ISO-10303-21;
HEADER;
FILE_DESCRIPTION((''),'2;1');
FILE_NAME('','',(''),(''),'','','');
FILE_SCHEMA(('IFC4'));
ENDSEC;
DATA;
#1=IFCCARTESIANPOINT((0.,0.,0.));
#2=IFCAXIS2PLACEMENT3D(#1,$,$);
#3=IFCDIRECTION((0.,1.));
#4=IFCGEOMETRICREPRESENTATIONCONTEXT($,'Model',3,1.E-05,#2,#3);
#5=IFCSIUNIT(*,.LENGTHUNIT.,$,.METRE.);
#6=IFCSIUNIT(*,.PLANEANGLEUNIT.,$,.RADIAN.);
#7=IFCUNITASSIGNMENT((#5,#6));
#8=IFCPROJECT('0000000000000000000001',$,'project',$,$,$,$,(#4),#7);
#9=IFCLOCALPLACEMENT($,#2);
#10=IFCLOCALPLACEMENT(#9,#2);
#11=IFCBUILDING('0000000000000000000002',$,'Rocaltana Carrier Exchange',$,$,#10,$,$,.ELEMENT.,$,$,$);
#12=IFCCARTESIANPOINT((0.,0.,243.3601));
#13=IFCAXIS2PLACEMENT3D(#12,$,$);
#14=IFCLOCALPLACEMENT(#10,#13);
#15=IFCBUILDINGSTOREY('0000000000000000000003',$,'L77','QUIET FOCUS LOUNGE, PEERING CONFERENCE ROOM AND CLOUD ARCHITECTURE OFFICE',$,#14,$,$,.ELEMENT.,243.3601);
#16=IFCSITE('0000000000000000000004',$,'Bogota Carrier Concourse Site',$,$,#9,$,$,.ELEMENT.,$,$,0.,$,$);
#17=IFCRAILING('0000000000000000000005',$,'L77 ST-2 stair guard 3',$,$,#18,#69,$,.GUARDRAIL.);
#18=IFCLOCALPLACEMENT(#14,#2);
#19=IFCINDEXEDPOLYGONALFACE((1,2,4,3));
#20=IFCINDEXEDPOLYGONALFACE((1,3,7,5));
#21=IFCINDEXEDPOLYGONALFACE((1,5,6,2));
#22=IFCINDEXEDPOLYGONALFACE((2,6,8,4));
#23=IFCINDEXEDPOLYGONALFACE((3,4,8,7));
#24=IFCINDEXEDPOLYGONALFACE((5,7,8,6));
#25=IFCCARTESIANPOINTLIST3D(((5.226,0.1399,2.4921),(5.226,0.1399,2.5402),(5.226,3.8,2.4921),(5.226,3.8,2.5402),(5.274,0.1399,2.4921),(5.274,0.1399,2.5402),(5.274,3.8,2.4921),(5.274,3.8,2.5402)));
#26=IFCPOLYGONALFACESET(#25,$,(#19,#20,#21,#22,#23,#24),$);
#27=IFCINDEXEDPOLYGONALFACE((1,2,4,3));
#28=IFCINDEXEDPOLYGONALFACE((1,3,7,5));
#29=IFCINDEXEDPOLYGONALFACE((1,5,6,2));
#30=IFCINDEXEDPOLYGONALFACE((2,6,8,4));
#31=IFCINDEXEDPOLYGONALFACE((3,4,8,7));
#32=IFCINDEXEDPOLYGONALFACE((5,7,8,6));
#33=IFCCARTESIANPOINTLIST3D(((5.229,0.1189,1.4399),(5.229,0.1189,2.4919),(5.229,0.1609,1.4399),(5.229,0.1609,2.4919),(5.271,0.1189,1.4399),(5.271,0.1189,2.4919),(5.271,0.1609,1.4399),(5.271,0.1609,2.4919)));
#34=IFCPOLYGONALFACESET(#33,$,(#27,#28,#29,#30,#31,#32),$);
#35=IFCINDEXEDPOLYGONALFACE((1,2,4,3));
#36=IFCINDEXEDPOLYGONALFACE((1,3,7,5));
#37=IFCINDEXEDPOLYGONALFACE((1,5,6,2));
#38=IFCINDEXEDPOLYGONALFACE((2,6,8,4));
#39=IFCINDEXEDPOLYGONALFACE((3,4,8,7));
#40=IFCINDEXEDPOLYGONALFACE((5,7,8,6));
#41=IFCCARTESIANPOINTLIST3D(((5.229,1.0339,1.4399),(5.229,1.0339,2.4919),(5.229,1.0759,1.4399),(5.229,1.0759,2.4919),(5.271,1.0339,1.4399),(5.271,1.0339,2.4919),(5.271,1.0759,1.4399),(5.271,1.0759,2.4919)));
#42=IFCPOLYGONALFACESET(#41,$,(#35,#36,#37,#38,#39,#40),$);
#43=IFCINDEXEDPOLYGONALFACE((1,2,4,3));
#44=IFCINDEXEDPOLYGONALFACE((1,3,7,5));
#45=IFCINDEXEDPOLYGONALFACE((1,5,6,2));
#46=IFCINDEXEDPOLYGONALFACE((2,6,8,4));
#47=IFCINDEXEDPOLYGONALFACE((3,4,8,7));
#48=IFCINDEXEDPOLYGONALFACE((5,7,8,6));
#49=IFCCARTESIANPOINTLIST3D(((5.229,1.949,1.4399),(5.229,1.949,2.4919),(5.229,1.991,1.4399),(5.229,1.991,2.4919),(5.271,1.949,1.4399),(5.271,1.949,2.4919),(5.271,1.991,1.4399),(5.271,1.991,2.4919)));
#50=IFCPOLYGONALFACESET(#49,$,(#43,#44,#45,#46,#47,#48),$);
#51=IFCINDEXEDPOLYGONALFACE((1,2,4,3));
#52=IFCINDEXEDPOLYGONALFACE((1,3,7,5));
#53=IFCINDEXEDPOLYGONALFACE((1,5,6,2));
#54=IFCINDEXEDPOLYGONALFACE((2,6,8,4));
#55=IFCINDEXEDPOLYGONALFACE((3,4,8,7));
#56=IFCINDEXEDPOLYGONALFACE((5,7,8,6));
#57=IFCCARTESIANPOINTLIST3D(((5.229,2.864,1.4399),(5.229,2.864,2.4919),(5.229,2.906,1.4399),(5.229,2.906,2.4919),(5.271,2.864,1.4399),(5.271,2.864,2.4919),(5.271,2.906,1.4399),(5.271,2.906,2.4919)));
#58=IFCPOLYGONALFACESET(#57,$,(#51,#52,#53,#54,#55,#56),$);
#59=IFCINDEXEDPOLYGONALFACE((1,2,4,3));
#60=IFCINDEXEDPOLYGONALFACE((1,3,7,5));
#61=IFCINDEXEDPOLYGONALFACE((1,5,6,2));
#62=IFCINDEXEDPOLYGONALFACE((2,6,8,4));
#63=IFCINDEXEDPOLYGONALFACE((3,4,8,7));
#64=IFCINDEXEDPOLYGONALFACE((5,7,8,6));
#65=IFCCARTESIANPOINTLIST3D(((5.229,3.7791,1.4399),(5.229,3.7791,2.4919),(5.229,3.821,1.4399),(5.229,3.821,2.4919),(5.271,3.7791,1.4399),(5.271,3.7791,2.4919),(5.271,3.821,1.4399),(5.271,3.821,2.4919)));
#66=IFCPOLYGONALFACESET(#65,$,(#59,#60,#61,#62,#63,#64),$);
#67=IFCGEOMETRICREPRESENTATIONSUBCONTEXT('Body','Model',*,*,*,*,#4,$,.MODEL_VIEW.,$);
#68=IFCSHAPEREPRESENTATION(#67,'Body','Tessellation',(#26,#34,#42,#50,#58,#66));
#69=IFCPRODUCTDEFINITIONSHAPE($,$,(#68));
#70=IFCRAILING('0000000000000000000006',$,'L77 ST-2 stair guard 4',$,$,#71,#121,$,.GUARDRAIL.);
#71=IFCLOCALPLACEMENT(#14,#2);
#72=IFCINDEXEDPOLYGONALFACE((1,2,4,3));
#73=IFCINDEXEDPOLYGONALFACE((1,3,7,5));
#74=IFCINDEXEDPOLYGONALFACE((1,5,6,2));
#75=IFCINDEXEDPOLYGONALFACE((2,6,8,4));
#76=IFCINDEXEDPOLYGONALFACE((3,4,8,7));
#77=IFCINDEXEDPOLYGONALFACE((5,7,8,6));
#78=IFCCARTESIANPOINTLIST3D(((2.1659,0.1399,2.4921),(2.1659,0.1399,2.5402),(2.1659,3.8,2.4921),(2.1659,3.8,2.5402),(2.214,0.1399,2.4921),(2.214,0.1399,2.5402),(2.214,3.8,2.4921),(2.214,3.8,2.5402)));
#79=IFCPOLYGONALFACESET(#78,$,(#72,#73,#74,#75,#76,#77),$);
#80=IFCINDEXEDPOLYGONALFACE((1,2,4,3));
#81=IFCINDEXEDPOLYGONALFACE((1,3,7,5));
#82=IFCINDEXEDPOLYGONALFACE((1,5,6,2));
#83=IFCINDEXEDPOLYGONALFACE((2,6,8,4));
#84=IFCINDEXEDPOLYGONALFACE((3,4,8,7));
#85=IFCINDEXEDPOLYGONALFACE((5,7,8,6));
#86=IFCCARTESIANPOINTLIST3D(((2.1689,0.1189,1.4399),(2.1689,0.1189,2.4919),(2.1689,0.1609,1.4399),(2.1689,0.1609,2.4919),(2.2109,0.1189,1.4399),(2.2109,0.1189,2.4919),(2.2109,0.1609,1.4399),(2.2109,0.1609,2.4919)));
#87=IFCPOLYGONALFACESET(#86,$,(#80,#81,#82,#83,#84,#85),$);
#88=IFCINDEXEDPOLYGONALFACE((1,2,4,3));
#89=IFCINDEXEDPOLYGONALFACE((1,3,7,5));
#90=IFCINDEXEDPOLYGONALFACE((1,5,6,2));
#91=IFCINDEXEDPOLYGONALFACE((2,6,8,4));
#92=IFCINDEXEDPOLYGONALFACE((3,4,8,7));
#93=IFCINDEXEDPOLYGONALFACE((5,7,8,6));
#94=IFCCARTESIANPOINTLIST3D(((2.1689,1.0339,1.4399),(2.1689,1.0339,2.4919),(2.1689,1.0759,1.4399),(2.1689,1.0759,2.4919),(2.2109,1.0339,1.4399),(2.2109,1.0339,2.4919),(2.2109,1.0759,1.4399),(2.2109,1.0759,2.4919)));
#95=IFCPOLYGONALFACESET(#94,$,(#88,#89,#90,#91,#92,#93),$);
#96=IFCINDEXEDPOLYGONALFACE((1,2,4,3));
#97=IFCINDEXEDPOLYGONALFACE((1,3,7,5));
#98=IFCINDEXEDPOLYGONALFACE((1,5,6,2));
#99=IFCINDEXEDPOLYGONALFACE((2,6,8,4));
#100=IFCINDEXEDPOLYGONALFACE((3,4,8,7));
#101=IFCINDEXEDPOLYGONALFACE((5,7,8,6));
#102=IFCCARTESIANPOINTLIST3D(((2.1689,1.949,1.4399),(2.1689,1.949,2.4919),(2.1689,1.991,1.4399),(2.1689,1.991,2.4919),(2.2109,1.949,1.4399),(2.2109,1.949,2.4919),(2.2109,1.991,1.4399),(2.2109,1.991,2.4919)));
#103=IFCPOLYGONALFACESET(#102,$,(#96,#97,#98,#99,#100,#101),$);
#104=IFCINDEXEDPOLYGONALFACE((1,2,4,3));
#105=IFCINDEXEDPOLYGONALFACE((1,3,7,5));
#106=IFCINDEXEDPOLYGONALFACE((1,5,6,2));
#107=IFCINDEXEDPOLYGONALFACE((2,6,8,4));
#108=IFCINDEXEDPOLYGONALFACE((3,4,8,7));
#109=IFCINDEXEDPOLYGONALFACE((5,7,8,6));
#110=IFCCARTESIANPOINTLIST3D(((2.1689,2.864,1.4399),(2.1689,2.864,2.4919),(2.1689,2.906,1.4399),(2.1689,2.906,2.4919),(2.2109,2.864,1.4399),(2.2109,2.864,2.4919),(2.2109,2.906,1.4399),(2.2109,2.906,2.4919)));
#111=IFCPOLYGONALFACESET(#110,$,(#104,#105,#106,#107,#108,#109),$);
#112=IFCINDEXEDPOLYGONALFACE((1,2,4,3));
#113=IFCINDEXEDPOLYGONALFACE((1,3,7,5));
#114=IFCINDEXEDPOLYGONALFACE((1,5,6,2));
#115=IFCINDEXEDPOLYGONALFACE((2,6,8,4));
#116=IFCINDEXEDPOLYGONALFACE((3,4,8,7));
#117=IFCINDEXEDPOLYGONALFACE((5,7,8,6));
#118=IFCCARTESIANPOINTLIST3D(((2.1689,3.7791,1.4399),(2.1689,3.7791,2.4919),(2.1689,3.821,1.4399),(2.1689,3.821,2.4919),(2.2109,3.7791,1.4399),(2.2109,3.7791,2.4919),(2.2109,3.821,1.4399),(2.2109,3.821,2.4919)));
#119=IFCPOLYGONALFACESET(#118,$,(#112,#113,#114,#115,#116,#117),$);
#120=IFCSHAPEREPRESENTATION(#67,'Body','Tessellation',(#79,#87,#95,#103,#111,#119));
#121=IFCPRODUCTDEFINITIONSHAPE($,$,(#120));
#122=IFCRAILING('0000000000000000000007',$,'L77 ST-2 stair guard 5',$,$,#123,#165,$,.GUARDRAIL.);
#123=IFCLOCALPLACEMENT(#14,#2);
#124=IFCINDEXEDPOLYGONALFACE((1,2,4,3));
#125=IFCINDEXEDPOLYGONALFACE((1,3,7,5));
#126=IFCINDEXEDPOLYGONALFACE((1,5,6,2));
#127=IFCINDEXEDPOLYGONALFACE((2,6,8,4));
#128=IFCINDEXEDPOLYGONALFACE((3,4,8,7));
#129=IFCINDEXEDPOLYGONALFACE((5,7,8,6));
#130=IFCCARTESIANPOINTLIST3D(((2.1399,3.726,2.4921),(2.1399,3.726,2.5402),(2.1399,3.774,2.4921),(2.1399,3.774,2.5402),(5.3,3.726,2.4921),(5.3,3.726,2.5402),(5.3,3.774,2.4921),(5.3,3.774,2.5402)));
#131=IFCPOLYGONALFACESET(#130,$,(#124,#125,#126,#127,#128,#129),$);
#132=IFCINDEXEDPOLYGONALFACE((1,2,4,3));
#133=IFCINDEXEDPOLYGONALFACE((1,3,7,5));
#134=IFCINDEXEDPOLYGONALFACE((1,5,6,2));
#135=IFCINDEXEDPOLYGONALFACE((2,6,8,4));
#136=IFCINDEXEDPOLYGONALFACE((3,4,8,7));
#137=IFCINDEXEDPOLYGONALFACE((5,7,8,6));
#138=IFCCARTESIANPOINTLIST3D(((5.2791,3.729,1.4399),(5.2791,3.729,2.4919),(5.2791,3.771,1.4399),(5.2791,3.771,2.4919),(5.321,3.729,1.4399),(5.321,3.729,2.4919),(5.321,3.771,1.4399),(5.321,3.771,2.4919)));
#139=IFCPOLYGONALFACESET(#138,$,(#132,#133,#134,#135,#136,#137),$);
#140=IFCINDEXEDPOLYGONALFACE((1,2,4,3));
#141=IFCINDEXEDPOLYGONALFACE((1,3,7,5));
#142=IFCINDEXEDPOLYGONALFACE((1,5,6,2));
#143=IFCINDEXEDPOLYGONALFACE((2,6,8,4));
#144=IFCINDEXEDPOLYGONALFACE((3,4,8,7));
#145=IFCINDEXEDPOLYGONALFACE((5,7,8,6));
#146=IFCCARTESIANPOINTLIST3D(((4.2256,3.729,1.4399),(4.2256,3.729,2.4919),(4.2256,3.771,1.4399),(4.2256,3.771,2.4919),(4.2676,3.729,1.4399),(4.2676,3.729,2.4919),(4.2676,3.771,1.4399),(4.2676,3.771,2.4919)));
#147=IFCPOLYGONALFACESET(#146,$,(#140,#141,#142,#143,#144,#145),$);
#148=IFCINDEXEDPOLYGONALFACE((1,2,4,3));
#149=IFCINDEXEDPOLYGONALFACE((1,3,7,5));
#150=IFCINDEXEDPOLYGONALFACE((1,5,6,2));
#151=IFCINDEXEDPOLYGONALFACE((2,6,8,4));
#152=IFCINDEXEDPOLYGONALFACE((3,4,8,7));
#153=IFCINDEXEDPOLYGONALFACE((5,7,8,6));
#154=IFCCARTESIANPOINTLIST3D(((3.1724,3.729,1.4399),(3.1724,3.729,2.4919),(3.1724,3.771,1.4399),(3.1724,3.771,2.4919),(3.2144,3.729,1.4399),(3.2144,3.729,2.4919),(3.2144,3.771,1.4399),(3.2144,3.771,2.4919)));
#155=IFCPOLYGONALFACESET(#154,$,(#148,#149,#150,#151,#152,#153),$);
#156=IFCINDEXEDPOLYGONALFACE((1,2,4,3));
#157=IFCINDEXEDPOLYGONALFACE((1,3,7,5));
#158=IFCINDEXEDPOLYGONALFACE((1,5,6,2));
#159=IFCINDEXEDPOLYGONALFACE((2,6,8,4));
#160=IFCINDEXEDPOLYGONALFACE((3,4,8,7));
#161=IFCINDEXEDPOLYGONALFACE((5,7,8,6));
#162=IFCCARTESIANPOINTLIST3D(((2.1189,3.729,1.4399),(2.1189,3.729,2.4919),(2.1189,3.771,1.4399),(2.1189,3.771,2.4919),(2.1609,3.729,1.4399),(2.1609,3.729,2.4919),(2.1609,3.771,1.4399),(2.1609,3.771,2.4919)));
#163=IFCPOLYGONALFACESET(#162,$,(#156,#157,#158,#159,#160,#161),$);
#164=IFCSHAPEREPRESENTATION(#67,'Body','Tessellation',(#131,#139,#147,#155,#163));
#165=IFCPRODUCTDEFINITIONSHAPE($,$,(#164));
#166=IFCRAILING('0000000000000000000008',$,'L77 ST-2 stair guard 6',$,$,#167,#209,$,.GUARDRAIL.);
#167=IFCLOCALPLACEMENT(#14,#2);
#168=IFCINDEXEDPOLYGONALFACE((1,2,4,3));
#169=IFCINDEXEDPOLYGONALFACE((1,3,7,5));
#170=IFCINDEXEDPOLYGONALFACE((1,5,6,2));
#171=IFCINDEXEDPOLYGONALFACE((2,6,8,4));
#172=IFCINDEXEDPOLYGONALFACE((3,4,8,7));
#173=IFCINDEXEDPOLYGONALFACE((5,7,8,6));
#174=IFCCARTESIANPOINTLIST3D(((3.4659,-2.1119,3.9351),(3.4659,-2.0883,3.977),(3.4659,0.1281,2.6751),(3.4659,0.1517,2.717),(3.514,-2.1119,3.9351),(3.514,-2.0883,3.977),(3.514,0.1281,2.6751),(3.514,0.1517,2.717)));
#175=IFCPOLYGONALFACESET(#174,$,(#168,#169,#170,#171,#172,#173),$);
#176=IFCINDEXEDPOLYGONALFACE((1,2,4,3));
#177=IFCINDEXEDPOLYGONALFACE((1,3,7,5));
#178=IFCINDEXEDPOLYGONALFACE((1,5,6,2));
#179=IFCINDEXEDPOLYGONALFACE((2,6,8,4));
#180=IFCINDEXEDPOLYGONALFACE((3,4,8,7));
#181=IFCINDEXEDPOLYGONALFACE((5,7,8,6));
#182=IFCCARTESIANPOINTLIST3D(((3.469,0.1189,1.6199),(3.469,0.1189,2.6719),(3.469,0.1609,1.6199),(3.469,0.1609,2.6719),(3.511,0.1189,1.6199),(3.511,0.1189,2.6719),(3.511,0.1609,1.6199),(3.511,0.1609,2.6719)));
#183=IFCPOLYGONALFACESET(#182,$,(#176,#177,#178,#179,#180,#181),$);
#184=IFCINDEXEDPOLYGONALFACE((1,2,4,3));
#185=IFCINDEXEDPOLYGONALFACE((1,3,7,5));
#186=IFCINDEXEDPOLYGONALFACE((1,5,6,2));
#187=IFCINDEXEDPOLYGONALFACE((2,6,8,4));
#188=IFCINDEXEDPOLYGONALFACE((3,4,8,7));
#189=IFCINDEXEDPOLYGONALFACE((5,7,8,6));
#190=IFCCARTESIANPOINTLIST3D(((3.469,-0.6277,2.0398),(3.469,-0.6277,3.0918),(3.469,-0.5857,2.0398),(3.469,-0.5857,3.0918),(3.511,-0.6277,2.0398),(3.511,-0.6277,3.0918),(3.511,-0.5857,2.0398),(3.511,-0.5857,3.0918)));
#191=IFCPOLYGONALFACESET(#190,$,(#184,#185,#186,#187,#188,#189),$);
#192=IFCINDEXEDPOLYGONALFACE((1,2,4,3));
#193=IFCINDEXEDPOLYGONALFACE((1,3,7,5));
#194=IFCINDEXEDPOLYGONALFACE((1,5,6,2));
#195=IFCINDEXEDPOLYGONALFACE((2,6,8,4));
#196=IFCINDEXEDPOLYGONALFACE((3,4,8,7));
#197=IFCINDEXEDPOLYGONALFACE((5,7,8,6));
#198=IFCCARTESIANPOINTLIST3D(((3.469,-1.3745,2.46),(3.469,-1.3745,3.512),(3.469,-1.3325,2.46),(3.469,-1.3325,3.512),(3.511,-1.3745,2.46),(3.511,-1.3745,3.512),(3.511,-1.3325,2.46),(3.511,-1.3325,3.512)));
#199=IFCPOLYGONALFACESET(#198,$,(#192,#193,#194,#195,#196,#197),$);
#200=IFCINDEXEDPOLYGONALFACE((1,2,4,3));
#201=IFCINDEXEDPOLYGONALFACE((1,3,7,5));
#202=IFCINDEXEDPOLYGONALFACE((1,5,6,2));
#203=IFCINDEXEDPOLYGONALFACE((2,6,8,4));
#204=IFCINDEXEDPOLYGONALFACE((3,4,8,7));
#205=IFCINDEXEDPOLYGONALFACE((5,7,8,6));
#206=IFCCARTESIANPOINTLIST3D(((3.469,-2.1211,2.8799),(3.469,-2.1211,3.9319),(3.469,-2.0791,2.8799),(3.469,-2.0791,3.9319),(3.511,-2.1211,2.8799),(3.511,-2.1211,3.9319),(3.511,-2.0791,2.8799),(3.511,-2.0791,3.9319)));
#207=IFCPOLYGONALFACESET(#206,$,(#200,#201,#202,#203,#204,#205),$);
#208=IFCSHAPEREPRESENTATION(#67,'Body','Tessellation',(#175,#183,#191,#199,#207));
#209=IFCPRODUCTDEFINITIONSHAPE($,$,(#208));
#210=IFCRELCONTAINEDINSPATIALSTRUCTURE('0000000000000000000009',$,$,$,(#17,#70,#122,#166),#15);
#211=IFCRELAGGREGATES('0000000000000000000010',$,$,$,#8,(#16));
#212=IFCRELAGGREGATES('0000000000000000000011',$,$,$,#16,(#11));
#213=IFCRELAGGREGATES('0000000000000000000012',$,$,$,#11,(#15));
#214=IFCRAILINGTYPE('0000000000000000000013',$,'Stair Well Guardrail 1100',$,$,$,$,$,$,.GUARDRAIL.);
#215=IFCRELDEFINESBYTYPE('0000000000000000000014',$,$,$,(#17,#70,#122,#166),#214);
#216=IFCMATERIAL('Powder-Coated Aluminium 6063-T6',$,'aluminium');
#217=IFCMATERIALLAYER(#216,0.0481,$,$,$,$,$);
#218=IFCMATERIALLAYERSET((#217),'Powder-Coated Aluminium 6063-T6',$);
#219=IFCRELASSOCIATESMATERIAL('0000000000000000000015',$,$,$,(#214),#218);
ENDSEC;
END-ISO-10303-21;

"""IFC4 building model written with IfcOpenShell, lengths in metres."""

from ifc_helpers import new_model, si_unit, direction, frame, origin, origin_2d, place, context, subcontext, project, spatial, rectangle, extrude, material, layer, layer_set, type_object, element, save


model = new_model("IFC4")

# Units and contexts
model_context = context("Model", 3, precision=1e-05, world=origin(), true_north=direction((0.0, 1.0)))
body_context = subcontext(model_context, "Body", "Model", "MODEL_VIEW")
ifc_project = project(units=[si_unit("LENGTHUNIT", "METRE"), si_unit("PLANEANGLEUNIT", "RADIAN")], contexts=[model_context])

# Site, building, storey
site_placement = place(None, origin())
site = spatial("IfcSite", under=ifc_project, at=site_placement, Name="Bogota Carrier Concourse Site", CompositionType="ELEMENT", RefElevation=0.0)
building_placement = place(site_placement, origin())
building = spatial("IfcBuilding", under=site, at=building_placement, Name="Rocaltana Carrier Exchange", CompositionType="ELEMENT")
storey_placement = place(building_placement, frame((0.0, 0.0, 243.3601)))
storey = spatial("IfcBuildingStorey", under=building, at=storey_placement, Name="L77", Description="QUIET FOCUS LOUNGE, PEERING CONFERENCE ROOM AND CLOUD ARCHITECTURE OFFICE", CompositionType="ELEMENT", Elevation=243.3601)

# Railings
ifc_material_1 = material(Name="Powder-Coated Aluminium 6063-T6", Category="aluminium")
ifc_layer_1 = layer(ifc_material_1, 0.0481)
ifc_layer_set_1 = layer_set([ifc_layer_1], Name="Powder-Coated Aluminium 6063-T6")
railing_type_1 = type_object("IfcRailingType", Name="Stair Well Guardrail 1100", PredefinedType="GUARDRAIL", material=ifc_layer_set_1)
for number, where, name in (
    (1, (5.25, 0.1399, 1.4399), "L77 ST-2 stair guard 3"),
    (2, (2.1899, 0.1399, 1.4399), "L77 ST-2 stair guard 4"),
):
    element("IfcRailing", number, at=place(storey_placement, frame(where)), inside=storey, type_object=railing_type_1, Name=name, PredefinedType="GUARDRAIL", context=body_context, shape_type="SweptSolid", body=[
        extrude(rectangle(XDim=0.0481, YDim=0.0481, at=origin_2d()), frame((0.0, 0.0, 1.0762), z_axis=(0.0, 1.0, 0.0), x_axis=(-1.0, 0.0, 0.0)), (0.0, 0.0, 1.0), 3.6602),
        extrude(rectangle(XDim=0.042, YDim=0.042, at=origin_2d()), origin(), (0.0, 0.0, 1.0), 1.052),
        extrude(rectangle(XDim=0.042, YDim=0.042, at=origin_2d()), frame((0.0, 0.915, 0.0)), (0.0, 0.0, 1.0), 1.052),
        extrude(rectangle(XDim=0.042, YDim=0.042, at=origin_2d()), frame((0.0, 1.8301, 0.0)), (0.0, 0.0, 1.0), 1.052),
        extrude(rectangle(XDim=0.042, YDim=0.042, at=origin_2d()), frame((0.0, 2.7451, 0.0)), (0.0, 0.0, 1.0), 1.052),
        extrude(rectangle(XDim=0.042, YDim=0.042, at=origin_2d()), frame((0.0, 3.6602, 0.0)), (0.0, 0.0, 1.0), 1.052),
    ])
railing_1_placement = place(storey_placement, frame((5.3, 3.75, 1.4399)))
element("IfcRailing", 3, at=railing_1_placement, inside=storey, type_object=railing_type_1, Name="L77 ST-2 stair guard 5", PredefinedType="GUARDRAIL", context=body_context, shape_type="SweptSolid", body=[
    extrude(rectangle(XDim=0.0481, YDim=0.0481, at=origin_2d()), frame((0.0, 0.0, 1.0762), z_axis=(-1.0, 0.0, 0.0), x_axis=(0.0, -1.0, 0.0)), (0.0, 0.0, 1.0), 3.1602),
    extrude(rectangle(XDim=0.042, YDim=0.042, at=origin_2d()), origin(), (0.0, 0.0, 1.0), 1.052),
    extrude(rectangle(XDim=0.042, YDim=0.042, at=origin_2d()), frame((-1.0535, 0.0, 0.0)), (0.0, 0.0, 1.0), 1.052),
    extrude(rectangle(XDim=0.042, YDim=0.042, at=origin_2d()), frame((-2.1067, 0.0, 0.0)), (0.0, 0.0, 1.0), 1.052),
    extrude(rectangle(XDim=0.042, YDim=0.042, at=origin_2d()), frame((-3.1602, 0.0, 0.0)), (0.0, 0.0, 1.0), 1.052),
])
railing_2_placement = place(storey_placement, frame((3.49, 0.1399, 1.6199)))
element("IfcRailing", 4, at=railing_2_placement, inside=storey, type_object=railing_type_1, Name="L77 ST-2 stair guard 6", PredefinedType="GUARDRAIL", context=body_context, shape_type="SweptSolid", body=[
    extrude(rectangle(XDim=0.0481, YDim=0.0481, at=origin_2d()), frame((0.0, 0.0, 1.0762), z_axis=(0.0, -0.871573, 0.490266), x_axis=(1.0, 0.0, 0.0)), (0.0, 0.0, 1.0), 2.5701),
    extrude(rectangle(XDim=0.042, YDim=0.042, at=origin_2d()), origin(), (0.0, 0.0, 1.0), 1.052),
    extrude(rectangle(XDim=0.042, YDim=0.042, at=origin_2d()), frame((0.0, -0.7466, 0.4199)), (0.0, 0.0, 1.0), 1.052),
    extrude(rectangle(XDim=0.042, YDim=0.042, at=origin_2d()), frame((0.0, -1.4934, 0.8401)), (0.0, 0.0, 1.0), 1.052),
    extrude(rectangle(XDim=0.042, YDim=0.042, at=origin_2d()), frame((0.0, -2.24, 1.26)), (0.0, 0.0, 1.0), 1.052),
])

save(model, "model.ifc")
